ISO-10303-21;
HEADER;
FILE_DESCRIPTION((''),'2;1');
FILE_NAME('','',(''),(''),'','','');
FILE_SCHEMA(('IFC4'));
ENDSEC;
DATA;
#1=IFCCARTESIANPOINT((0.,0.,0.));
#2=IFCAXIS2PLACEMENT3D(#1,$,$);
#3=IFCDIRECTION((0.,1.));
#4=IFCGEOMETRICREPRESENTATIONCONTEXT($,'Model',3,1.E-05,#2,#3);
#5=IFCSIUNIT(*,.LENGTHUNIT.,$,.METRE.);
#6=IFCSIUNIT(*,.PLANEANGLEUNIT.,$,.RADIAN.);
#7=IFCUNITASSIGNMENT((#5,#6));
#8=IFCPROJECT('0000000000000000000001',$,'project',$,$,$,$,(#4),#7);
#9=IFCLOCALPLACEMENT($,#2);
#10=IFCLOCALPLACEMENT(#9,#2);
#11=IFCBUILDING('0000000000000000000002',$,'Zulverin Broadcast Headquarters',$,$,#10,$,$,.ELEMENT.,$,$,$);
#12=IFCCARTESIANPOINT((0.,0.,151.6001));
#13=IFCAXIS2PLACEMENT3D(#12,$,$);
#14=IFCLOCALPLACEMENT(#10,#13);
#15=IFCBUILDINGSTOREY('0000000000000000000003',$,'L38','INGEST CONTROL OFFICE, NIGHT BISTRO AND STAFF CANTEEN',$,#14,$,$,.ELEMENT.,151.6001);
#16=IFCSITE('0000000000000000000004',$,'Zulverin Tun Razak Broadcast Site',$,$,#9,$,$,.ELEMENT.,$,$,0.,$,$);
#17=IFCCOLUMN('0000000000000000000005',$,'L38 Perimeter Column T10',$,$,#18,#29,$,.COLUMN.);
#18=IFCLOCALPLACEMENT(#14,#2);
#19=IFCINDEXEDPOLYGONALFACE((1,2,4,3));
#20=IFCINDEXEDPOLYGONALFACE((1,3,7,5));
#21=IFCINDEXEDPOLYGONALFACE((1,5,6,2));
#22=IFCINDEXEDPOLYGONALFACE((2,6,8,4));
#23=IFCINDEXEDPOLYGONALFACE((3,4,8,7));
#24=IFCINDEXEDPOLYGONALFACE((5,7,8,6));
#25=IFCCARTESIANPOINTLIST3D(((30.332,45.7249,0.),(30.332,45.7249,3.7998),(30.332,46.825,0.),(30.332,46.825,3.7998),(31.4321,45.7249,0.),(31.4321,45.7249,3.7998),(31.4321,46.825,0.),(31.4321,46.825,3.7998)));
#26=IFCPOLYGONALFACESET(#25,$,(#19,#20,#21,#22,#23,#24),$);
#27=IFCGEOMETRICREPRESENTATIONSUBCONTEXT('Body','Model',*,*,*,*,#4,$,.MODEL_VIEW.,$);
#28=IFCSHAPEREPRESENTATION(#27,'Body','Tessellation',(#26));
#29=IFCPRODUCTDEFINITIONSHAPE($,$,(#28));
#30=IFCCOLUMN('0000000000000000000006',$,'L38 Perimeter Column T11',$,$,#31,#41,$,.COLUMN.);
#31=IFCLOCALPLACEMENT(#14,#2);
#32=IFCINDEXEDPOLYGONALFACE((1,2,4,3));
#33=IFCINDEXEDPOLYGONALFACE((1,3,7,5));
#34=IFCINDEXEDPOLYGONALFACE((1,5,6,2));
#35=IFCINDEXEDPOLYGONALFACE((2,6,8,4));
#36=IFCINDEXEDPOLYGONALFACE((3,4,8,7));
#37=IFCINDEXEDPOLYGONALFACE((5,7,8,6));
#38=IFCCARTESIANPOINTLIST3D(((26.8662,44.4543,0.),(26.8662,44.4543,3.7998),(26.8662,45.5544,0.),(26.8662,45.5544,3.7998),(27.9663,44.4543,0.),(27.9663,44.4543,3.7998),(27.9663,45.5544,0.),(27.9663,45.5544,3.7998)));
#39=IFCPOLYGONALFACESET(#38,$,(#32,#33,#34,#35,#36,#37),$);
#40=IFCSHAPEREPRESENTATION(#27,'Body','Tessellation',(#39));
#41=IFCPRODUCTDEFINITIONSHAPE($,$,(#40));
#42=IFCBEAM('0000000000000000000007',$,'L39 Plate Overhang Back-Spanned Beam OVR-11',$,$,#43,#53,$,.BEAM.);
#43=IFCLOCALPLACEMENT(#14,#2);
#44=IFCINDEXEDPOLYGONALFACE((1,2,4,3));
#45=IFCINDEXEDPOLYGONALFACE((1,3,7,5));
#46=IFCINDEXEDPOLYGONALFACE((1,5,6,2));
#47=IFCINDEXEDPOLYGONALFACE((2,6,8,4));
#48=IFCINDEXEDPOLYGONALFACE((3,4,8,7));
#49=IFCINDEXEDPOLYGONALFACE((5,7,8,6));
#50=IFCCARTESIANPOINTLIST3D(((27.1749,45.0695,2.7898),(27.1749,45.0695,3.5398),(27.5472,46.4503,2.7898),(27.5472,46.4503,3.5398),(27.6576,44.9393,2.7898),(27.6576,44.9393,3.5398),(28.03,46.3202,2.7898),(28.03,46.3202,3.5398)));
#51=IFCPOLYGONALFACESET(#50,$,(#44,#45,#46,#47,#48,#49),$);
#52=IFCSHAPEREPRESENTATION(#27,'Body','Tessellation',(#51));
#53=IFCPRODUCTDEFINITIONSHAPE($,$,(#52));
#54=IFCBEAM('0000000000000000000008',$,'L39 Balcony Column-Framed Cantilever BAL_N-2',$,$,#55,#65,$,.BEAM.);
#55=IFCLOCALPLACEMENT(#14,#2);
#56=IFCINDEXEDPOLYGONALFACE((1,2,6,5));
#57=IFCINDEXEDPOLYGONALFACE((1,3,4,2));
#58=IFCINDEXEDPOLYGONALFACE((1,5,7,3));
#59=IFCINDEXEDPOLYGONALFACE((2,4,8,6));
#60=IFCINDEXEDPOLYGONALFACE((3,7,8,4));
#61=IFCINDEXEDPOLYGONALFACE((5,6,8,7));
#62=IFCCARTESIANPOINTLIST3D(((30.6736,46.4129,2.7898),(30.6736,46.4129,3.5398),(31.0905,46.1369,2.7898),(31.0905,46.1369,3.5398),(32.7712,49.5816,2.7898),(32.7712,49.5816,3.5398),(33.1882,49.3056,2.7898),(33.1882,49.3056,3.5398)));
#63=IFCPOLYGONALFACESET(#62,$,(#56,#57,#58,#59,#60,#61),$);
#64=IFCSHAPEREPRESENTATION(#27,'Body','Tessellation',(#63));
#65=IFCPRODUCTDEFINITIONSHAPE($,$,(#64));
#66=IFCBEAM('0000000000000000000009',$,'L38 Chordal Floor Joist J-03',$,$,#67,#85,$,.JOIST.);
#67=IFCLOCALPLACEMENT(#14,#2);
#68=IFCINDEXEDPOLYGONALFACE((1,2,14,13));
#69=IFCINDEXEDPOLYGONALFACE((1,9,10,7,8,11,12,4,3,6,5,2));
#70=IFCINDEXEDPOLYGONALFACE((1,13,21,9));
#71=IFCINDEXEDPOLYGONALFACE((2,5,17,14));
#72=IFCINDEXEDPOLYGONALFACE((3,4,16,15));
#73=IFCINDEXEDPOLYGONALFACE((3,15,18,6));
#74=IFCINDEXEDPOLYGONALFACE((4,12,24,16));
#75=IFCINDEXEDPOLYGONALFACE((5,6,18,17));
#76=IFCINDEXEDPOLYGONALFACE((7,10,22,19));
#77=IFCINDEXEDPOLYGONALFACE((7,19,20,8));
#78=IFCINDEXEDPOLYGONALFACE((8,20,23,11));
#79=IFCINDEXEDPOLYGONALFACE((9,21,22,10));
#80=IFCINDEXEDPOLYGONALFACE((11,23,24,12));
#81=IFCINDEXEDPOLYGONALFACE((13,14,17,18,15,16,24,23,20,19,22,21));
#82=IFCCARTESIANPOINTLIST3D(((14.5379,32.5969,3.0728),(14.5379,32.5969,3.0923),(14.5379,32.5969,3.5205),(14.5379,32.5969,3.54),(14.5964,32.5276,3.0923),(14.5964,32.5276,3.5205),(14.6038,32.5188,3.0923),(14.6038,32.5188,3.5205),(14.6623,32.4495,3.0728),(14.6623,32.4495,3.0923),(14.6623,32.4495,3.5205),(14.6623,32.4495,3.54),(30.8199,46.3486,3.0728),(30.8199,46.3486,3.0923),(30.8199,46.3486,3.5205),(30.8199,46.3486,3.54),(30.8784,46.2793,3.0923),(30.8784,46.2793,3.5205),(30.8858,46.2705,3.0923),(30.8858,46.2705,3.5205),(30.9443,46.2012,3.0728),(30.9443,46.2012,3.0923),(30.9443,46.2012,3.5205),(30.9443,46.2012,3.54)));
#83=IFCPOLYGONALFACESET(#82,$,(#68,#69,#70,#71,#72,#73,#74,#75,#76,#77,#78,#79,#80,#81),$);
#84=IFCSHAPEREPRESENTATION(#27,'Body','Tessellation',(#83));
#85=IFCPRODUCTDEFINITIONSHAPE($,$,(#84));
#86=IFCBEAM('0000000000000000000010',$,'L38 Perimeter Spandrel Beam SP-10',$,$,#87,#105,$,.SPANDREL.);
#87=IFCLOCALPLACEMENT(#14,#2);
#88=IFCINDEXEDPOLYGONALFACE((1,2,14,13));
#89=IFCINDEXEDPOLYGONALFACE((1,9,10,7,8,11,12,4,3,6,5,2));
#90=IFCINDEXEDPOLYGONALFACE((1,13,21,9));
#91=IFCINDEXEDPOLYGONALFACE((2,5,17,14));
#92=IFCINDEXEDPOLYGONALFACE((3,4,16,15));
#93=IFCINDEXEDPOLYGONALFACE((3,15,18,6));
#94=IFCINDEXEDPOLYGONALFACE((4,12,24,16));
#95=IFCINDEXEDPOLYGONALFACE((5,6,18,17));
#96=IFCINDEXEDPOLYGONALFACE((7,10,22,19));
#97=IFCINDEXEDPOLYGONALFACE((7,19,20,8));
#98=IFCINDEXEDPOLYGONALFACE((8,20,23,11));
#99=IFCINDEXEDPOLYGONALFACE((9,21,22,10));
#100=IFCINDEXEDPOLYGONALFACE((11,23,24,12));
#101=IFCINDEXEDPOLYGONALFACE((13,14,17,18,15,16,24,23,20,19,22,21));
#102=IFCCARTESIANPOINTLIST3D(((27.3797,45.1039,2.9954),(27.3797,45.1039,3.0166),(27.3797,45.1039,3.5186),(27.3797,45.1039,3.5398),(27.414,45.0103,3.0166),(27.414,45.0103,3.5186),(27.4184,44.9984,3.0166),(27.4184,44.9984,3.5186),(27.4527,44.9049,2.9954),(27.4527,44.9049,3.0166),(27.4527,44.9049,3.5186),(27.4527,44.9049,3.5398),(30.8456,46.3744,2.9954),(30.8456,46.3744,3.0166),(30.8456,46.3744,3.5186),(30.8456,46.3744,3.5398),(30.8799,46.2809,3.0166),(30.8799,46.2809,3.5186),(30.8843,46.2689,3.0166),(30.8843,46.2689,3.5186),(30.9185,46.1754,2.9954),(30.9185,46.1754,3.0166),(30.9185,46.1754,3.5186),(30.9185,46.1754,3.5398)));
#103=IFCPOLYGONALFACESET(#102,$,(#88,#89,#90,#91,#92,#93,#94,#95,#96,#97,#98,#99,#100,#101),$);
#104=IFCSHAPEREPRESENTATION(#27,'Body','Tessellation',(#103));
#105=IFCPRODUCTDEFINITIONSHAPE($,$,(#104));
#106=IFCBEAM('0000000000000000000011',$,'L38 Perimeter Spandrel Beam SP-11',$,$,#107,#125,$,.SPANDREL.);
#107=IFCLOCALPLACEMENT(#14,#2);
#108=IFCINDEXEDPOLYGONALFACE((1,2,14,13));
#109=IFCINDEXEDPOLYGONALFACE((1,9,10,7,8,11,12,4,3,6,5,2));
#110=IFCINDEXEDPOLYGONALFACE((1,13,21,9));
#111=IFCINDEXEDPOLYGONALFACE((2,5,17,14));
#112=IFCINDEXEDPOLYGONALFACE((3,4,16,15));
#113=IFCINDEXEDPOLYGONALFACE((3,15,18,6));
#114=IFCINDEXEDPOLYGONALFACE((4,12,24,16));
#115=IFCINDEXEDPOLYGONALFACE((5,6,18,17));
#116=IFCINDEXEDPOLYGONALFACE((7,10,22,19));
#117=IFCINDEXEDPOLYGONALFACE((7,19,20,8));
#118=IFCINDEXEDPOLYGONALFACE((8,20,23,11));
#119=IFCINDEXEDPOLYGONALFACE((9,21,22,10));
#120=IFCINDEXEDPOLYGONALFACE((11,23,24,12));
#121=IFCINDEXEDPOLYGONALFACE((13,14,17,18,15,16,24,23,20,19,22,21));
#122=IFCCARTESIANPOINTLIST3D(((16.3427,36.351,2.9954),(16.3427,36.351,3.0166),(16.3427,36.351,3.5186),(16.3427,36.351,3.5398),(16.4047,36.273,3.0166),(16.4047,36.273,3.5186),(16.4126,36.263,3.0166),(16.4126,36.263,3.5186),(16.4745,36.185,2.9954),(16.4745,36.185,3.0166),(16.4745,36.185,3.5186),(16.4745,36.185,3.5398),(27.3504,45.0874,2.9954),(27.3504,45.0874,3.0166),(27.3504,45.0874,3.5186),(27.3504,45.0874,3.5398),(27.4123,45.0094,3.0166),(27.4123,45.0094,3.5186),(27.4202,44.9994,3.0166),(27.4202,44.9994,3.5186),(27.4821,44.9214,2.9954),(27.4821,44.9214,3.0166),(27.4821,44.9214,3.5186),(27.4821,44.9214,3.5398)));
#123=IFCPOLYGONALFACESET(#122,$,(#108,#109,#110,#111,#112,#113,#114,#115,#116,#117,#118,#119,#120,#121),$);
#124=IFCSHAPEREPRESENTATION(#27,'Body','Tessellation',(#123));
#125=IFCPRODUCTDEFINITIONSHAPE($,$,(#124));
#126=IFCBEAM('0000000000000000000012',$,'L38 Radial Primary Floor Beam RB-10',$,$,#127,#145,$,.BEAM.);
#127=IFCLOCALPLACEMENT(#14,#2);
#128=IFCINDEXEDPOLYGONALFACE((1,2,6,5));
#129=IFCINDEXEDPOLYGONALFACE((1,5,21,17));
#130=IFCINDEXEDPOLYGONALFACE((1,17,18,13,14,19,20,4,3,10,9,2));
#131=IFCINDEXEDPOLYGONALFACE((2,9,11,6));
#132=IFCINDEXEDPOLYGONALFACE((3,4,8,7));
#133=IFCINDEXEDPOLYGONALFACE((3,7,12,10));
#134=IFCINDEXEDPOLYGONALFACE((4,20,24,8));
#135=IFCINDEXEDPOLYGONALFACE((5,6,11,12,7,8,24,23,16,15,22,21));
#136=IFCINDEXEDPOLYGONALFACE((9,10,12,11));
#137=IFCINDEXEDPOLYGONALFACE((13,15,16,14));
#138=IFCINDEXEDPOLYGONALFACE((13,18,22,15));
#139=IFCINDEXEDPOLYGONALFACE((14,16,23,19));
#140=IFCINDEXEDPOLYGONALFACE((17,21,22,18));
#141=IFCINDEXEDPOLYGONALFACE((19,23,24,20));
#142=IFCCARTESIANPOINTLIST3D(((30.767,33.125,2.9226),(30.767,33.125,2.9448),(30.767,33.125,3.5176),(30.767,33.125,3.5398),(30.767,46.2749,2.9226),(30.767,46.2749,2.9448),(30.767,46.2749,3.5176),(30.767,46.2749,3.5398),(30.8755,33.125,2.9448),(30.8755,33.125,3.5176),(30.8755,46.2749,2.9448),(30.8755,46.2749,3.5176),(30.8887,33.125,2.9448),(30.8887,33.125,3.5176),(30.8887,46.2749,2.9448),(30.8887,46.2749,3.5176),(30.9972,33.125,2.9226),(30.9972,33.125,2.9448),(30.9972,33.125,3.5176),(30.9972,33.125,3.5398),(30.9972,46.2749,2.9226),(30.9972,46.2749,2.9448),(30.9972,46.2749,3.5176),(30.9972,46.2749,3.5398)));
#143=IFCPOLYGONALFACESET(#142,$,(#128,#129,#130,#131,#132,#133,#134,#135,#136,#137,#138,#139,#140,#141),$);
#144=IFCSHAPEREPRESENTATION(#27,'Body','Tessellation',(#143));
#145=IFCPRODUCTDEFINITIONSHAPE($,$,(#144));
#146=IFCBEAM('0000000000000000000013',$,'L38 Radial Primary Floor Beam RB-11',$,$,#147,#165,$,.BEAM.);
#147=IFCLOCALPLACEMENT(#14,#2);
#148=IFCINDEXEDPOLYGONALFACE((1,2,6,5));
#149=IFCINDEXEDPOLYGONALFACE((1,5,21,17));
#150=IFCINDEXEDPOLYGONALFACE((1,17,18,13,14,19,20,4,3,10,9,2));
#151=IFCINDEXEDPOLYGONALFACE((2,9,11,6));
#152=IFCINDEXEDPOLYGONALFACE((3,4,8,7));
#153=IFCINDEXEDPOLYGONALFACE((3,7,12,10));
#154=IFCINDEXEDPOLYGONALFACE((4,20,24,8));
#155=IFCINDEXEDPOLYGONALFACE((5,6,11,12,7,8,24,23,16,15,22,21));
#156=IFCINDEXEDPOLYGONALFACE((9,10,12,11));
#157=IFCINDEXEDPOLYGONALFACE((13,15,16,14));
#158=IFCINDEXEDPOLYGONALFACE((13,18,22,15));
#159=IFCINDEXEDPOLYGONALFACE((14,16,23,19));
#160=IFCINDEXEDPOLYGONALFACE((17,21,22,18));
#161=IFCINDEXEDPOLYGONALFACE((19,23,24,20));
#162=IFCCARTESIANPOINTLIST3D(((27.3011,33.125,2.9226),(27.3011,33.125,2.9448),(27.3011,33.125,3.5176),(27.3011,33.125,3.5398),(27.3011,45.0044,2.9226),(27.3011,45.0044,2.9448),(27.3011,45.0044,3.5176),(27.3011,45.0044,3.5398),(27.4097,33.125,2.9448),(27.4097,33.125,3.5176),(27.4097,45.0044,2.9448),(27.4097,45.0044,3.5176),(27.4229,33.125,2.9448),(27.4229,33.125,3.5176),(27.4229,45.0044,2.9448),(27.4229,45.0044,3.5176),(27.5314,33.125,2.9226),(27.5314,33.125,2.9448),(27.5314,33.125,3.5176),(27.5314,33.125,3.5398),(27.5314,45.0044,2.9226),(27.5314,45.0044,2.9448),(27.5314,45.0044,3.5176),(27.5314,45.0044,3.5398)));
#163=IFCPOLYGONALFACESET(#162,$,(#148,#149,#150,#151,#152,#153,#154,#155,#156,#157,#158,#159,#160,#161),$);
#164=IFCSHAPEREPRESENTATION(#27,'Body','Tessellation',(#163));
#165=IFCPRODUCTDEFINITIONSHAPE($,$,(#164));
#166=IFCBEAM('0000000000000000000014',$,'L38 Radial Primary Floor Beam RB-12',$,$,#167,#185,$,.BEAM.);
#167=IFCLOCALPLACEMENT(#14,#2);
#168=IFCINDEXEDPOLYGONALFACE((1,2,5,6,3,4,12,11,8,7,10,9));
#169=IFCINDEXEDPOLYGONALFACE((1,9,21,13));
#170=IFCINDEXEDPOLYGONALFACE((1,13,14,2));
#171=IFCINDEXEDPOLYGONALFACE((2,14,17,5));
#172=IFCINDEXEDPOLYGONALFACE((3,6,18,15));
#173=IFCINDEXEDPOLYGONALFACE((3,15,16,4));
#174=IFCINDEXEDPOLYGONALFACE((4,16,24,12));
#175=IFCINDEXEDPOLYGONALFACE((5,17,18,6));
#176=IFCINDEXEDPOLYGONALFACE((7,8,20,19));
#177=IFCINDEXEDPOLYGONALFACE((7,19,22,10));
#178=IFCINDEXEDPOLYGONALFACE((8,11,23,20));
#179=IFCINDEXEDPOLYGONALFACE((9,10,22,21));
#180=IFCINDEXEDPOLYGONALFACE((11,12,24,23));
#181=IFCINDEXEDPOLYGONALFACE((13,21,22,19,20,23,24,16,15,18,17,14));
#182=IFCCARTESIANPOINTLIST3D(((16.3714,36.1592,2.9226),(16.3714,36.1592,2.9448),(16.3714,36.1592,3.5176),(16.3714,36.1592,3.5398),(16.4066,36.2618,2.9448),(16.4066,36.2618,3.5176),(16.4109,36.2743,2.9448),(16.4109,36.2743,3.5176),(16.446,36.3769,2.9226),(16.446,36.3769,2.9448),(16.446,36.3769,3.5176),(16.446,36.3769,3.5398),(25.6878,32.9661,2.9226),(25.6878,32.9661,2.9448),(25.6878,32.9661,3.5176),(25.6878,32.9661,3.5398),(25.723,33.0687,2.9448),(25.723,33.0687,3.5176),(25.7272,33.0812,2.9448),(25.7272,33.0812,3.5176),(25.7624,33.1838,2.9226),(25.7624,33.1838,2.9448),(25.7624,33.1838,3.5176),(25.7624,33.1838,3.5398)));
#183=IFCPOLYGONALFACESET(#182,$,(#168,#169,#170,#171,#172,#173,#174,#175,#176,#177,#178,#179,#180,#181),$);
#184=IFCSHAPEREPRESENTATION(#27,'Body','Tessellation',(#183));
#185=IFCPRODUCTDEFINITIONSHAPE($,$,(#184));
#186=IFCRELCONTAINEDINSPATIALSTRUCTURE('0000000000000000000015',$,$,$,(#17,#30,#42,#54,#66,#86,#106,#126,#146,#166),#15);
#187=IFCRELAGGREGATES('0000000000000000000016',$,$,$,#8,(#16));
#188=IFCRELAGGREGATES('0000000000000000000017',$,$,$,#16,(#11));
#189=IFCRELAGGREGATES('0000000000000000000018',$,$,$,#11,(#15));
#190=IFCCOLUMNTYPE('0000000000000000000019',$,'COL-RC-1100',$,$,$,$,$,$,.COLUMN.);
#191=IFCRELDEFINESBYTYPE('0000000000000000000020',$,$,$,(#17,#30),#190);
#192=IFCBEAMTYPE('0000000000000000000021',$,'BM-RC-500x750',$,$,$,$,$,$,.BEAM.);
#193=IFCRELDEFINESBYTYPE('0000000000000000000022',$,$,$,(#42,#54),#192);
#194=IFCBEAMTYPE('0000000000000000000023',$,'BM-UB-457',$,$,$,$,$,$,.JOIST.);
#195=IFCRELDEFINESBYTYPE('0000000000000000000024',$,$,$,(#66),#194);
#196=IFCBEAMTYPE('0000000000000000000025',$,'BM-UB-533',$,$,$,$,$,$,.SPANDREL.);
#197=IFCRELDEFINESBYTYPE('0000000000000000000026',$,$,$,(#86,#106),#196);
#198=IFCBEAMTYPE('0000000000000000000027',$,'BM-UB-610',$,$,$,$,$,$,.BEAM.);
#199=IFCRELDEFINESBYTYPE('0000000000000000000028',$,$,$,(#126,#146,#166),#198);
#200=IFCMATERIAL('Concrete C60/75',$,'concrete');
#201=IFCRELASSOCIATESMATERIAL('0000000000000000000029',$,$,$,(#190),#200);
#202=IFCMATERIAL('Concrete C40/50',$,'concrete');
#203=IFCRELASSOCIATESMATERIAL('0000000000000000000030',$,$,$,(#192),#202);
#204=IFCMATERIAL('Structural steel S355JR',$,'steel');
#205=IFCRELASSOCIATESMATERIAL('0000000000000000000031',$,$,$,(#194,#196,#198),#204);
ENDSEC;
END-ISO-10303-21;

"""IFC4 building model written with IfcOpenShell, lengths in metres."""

from ifc_helpers import new_model, si_unit, direction, frame, origin, origin_2d, place, context, subcontext, project, spatial, rectangle, i_section, extrude, material, material_profile, profile_set, type_object, element, save


model = new_model("IFC4")

# Units and contexts
model_context = context("Model", 3, precision=1e-05, world=origin(), true_north=direction((0.0, 1.0)))
body_context = subcontext(model_context, "Body", "Model", "MODEL_VIEW")
ifc_project = project(units=[si_unit("LENGTHUNIT", "METRE"), si_unit("PLANEANGLEUNIT", "RADIAN")], contexts=[model_context])

# Site, building, storey
site_placement = place(None, origin())
site = spatial("IfcSite", under=ifc_project, at=site_placement, Name="Zulverin Tun Razak Broadcast Site", CompositionType="ELEMENT", RefElevation=0.0)
building_placement = place(site_placement, origin())
building = spatial("IfcBuilding", under=site, at=building_placement, Name="Zulverin Broadcast Headquarters", CompositionType="ELEMENT")
storey_placement = place(building_placement, frame((0.0, 0.0, 151.6001)))
storey = spatial("IfcBuildingStorey", under=building, at=storey_placement, Name="L38", Description="INGEST CONTROL OFFICE, NIGHT BISTRO AND STAFF CANTEEN", CompositionType="ELEMENT", Elevation=151.6001)

# Columns
ifc_material_1 = material(Name="Concrete C60/75", Category="concrete")
ifc_material_profile_1 = material_profile(ifc_material_1, rectangle(XDim=1.1001, YDim=1.1001, at=origin_2d()), Name="Concrete C60/75", Category="concrete")
ifc_profile_set_1 = profile_set([ifc_material_profile_1], Name="Concrete C60/75")
column_type = type_object("IfcColumnType", Name="COL-RC-1100", PredefinedType="COLUMN", material=ifc_profile_set_1)
for number, where, z_axis, x_axis, name in (
    (1, (30.8821, 46.2749, 0.0), (0.0, 0.0, 1.0), (1.0, 0.0, 0.0), "L38 Perimeter Column T10"),
    (2, (27.4163, 45.0044, 0.0), (0.0, 0.0, 1.0), (1.0, 0.0, 0.0), "L38 Perimeter Column T11"),
):
    element("IfcColumn", number, at=place(storey_placement, frame(where, z_axis=z_axis, x_axis=x_axis)), inside=storey, type_object=column_type, Name=name, PredefinedType="COLUMN", context=body_context, shape_type="SweptSolid", body=[
        extrude(rectangle(XDim=1.1001, YDim=1.1001, at=origin_2d()), origin(), (0.0, 0.0, 1.0), 3.7998),
    ])

# Beams
ifc_material_2 = material(Name="Concrete C40/50", Category="concrete")
ifc_material_profile_2 = material_profile(ifc_material_2, rectangle(XDim=0.5, YDim=0.75, at=origin_2d()), Name="Concrete C40/50", Category="concrete")
ifc_profile_set_2 = profile_set([ifc_material_profile_2], Name="Concrete C40/50")
beam_type_1 = type_object("IfcBeamType", Name="BM-RC-500x750", PredefinedType="BEAM", material=ifc_profile_set_2)
beam_1_placement = place(storey_placement, frame((27.4163, 45.0044, 3.1648), z_axis=(0.260329, 0.96552, 0.0), x_axis=(-0.96552, 0.260329, 0.0)))
element("IfcBeam", 3, at=beam_1_placement, inside=storey, type_object=beam_type_1, Name="L39 Plate Overhang Back-Spanned Beam OVR-11", PredefinedType="BEAM", context=body_context, shape_type="SweptSolid", body=[
    extrude(rectangle(XDim=0.5, YDim=0.75, at=origin_2d()), origin(), (0.0, 0.0, 1.0), 1.4302),
])
beam_2_placement = place(storey_placement, frame((30.8821, 46.2749, 3.1648), z_axis=(0.551999, 0.833845, 0.0), x_axis=(-0.833845, 0.551999, 0.0)))
element("IfcBeam", 4, at=beam_2_placement, inside=storey, type_object=beam_type_1, Name="L39 Balcony Column-Framed Cantilever BAL_N-2", PredefinedType="BEAM", context=body_context, shape_type="SweptSolid", body=[
    extrude(rectangle(XDim=0.5, YDim=0.75, at=origin_2d()), origin(), (0.0, 0.0, 1.0), 3.8),
])
ifc_material_3 = material(Name="Structural steel S355JR", Category="steel")
ifc_material_profile_3 = material_profile(ifc_material_3, i_section(OverallWidth=0.1929, OverallDepth=0.4673, WebThickness=0.0115, FlangeThickness=0.0195, at=origin_2d()), Name="Structural steel S355JR", Category="steel")
ifc_profile_set_3 = profile_set([ifc_material_profile_3], Name="Structural steel S355JR")
beam_type_2 = type_object("IfcBeamType", Name="BM-UB-457", PredefinedType="JOIST", material=ifc_profile_set_3)
beam_3_placement = place(storey_placement, frame((30.8821, 46.2749, 3.3064), z_axis=(-0.763973, -0.645249, 0.0), x_axis=(0.645249, -0.763973, 0.0)))
element("IfcBeam", 5, at=beam_3_placement, inside=storey, type_object=beam_type_2, Name="L38 Chordal Floor Joist J-03", PredefinedType="JOIST", context=body_context, shape_type="SweptSolid", body=[
    extrude(i_section(OverallWidth=0.1929, OverallDepth=0.4673, WebThickness=0.0115, FlangeThickness=0.0195, at=origin_2d()), origin(), (0.0, 0.0, 1.0), 21.3123),
])
ifc_material_profile_4 = material_profile(ifc_material_3, i_section(OverallWidth=0.2119, OverallDepth=0.5444, WebThickness=0.0127, FlangeThickness=0.0212, at=origin_2d()), Name="Structural steel S355JR", Category="steel")
ifc_profile_set_4 = profile_set([ifc_material_profile_4], Name="Structural steel S355JR")
beam_type_3 = type_object("IfcBeamType", Name="BM-UB-533", PredefinedType="SPANDREL", material=ifc_profile_set_4)
beam_4_placement = place(storey_placement, frame((30.8821, 46.2749, 3.2676), z_axis=(-0.938902, -0.344185, 0.0), x_axis=(0.344185, -0.938902, 0.0)))
element("IfcBeam", 6, at=beam_4_placement, inside=storey, type_object=beam_type_3, Name="L38 Perimeter Spandrel Beam SP-10", PredefinedType="SPANDREL", context=body_context, shape_type="SweptSolid", body=[
    extrude(i_section(OverallWidth=0.2119, OverallDepth=0.5444, WebThickness=0.0127, FlangeThickness=0.0212, at=origin_2d()), origin(), (0.0, 0.0, 1.0), 3.6914),
])
beam_5_placement = place(storey_placement, frame((27.4163, 45.0044, 3.2676), z_axis=(-0.783283, -0.621665, 0.0), x_axis=(0.621665, -0.783283, 0.0)))
element("IfcBeam", 7, at=beam_5_placement, inside=storey, type_object=beam_type_3, Name="L38 Perimeter Spandrel Beam SP-11", PredefinedType="SPANDREL", context=body_context, shape_type="SweptSolid", body=[
    extrude(i_section(OverallWidth=0.2119, OverallDepth=0.5444, WebThickness=0.0127, FlangeThickness=0.0212, at=origin_2d()), origin(), (0.0, 0.0, 1.0), 14.0532),
])
ifc_material_profile_5 = material_profile(ifc_material_3, i_section(OverallWidth=0.2302, OverallDepth=0.6172, WebThickness=0.0132, FlangeThickness=0.0222, at=origin_2d()), Name="Structural steel S355JR", Category="steel")
ifc_profile_set_5 = profile_set([ifc_material_profile_5], Name="Structural steel S355JR")
beam_type_4 = type_object("IfcBeamType", Name="BM-UB-610", PredefinedType="BEAM", material=ifc_profile_set_5)
beam_6_placement = place(storey_placement, frame((30.8821, 33.125, 3.2312), z_axis=(0.0, 1.0, 0.0), x_axis=(-1.0, 0.0, 0.0)))
element("IfcBeam", 8, at=beam_6_placement, inside=storey, type_object=beam_type_4, Name="L38 Radial Primary Floor Beam RB-10", PredefinedType="BEAM", context=body_context, shape_type="SweptSolid", body=[
    extrude(i_section(OverallWidth=0.2302, OverallDepth=0.6172, WebThickness=0.0132, FlangeThickness=0.0222, at=origin_2d()), origin(), (0.0, 0.0, 1.0), 13.1499),
])
beam_7_placement = place(storey_placement, frame((27.4163, 33.125, 3.2312), z_axis=(0.0, 1.0, 0.0), x_axis=(-1.0, 0.0, 0.0)))
element("IfcBeam", 9, at=beam_7_placement, inside=storey, type_object=beam_type_4, Name="L38 Radial Primary Floor Beam RB-11", PredefinedType="BEAM", context=body_context, shape_type="SweptSolid", body=[
    extrude(i_section(OverallWidth=0.2302, OverallDepth=0.6172, WebThickness=0.0132, FlangeThickness=0.0222, at=origin_2d()), origin(), (0.0, 0.0, 1.0), 11.8794),
])
beam_8_placement = place(storey_placement, frame((25.7251, 33.075, 3.2312), z_axis=(-0.94598, 0.324226, 0.0), x_axis=(-0.324226, -0.94598, 0.0)))
element("IfcBeam", 10, at=beam_8_placement, inside=storey, type_object=beam_type_4, Name="L38 Radial Primary Floor Beam RB-12", PredefinedType="BEAM", context=body_context, shape_type="SweptSolid", body=[
    extrude(i_section(OverallWidth=0.2302, OverallDepth=0.6172, WebThickness=0.0132, FlangeThickness=0.0222, at=origin_2d()), origin(), (0.0, 0.0, 1.0), 9.8484),
])

save(model, "model.ifc")
